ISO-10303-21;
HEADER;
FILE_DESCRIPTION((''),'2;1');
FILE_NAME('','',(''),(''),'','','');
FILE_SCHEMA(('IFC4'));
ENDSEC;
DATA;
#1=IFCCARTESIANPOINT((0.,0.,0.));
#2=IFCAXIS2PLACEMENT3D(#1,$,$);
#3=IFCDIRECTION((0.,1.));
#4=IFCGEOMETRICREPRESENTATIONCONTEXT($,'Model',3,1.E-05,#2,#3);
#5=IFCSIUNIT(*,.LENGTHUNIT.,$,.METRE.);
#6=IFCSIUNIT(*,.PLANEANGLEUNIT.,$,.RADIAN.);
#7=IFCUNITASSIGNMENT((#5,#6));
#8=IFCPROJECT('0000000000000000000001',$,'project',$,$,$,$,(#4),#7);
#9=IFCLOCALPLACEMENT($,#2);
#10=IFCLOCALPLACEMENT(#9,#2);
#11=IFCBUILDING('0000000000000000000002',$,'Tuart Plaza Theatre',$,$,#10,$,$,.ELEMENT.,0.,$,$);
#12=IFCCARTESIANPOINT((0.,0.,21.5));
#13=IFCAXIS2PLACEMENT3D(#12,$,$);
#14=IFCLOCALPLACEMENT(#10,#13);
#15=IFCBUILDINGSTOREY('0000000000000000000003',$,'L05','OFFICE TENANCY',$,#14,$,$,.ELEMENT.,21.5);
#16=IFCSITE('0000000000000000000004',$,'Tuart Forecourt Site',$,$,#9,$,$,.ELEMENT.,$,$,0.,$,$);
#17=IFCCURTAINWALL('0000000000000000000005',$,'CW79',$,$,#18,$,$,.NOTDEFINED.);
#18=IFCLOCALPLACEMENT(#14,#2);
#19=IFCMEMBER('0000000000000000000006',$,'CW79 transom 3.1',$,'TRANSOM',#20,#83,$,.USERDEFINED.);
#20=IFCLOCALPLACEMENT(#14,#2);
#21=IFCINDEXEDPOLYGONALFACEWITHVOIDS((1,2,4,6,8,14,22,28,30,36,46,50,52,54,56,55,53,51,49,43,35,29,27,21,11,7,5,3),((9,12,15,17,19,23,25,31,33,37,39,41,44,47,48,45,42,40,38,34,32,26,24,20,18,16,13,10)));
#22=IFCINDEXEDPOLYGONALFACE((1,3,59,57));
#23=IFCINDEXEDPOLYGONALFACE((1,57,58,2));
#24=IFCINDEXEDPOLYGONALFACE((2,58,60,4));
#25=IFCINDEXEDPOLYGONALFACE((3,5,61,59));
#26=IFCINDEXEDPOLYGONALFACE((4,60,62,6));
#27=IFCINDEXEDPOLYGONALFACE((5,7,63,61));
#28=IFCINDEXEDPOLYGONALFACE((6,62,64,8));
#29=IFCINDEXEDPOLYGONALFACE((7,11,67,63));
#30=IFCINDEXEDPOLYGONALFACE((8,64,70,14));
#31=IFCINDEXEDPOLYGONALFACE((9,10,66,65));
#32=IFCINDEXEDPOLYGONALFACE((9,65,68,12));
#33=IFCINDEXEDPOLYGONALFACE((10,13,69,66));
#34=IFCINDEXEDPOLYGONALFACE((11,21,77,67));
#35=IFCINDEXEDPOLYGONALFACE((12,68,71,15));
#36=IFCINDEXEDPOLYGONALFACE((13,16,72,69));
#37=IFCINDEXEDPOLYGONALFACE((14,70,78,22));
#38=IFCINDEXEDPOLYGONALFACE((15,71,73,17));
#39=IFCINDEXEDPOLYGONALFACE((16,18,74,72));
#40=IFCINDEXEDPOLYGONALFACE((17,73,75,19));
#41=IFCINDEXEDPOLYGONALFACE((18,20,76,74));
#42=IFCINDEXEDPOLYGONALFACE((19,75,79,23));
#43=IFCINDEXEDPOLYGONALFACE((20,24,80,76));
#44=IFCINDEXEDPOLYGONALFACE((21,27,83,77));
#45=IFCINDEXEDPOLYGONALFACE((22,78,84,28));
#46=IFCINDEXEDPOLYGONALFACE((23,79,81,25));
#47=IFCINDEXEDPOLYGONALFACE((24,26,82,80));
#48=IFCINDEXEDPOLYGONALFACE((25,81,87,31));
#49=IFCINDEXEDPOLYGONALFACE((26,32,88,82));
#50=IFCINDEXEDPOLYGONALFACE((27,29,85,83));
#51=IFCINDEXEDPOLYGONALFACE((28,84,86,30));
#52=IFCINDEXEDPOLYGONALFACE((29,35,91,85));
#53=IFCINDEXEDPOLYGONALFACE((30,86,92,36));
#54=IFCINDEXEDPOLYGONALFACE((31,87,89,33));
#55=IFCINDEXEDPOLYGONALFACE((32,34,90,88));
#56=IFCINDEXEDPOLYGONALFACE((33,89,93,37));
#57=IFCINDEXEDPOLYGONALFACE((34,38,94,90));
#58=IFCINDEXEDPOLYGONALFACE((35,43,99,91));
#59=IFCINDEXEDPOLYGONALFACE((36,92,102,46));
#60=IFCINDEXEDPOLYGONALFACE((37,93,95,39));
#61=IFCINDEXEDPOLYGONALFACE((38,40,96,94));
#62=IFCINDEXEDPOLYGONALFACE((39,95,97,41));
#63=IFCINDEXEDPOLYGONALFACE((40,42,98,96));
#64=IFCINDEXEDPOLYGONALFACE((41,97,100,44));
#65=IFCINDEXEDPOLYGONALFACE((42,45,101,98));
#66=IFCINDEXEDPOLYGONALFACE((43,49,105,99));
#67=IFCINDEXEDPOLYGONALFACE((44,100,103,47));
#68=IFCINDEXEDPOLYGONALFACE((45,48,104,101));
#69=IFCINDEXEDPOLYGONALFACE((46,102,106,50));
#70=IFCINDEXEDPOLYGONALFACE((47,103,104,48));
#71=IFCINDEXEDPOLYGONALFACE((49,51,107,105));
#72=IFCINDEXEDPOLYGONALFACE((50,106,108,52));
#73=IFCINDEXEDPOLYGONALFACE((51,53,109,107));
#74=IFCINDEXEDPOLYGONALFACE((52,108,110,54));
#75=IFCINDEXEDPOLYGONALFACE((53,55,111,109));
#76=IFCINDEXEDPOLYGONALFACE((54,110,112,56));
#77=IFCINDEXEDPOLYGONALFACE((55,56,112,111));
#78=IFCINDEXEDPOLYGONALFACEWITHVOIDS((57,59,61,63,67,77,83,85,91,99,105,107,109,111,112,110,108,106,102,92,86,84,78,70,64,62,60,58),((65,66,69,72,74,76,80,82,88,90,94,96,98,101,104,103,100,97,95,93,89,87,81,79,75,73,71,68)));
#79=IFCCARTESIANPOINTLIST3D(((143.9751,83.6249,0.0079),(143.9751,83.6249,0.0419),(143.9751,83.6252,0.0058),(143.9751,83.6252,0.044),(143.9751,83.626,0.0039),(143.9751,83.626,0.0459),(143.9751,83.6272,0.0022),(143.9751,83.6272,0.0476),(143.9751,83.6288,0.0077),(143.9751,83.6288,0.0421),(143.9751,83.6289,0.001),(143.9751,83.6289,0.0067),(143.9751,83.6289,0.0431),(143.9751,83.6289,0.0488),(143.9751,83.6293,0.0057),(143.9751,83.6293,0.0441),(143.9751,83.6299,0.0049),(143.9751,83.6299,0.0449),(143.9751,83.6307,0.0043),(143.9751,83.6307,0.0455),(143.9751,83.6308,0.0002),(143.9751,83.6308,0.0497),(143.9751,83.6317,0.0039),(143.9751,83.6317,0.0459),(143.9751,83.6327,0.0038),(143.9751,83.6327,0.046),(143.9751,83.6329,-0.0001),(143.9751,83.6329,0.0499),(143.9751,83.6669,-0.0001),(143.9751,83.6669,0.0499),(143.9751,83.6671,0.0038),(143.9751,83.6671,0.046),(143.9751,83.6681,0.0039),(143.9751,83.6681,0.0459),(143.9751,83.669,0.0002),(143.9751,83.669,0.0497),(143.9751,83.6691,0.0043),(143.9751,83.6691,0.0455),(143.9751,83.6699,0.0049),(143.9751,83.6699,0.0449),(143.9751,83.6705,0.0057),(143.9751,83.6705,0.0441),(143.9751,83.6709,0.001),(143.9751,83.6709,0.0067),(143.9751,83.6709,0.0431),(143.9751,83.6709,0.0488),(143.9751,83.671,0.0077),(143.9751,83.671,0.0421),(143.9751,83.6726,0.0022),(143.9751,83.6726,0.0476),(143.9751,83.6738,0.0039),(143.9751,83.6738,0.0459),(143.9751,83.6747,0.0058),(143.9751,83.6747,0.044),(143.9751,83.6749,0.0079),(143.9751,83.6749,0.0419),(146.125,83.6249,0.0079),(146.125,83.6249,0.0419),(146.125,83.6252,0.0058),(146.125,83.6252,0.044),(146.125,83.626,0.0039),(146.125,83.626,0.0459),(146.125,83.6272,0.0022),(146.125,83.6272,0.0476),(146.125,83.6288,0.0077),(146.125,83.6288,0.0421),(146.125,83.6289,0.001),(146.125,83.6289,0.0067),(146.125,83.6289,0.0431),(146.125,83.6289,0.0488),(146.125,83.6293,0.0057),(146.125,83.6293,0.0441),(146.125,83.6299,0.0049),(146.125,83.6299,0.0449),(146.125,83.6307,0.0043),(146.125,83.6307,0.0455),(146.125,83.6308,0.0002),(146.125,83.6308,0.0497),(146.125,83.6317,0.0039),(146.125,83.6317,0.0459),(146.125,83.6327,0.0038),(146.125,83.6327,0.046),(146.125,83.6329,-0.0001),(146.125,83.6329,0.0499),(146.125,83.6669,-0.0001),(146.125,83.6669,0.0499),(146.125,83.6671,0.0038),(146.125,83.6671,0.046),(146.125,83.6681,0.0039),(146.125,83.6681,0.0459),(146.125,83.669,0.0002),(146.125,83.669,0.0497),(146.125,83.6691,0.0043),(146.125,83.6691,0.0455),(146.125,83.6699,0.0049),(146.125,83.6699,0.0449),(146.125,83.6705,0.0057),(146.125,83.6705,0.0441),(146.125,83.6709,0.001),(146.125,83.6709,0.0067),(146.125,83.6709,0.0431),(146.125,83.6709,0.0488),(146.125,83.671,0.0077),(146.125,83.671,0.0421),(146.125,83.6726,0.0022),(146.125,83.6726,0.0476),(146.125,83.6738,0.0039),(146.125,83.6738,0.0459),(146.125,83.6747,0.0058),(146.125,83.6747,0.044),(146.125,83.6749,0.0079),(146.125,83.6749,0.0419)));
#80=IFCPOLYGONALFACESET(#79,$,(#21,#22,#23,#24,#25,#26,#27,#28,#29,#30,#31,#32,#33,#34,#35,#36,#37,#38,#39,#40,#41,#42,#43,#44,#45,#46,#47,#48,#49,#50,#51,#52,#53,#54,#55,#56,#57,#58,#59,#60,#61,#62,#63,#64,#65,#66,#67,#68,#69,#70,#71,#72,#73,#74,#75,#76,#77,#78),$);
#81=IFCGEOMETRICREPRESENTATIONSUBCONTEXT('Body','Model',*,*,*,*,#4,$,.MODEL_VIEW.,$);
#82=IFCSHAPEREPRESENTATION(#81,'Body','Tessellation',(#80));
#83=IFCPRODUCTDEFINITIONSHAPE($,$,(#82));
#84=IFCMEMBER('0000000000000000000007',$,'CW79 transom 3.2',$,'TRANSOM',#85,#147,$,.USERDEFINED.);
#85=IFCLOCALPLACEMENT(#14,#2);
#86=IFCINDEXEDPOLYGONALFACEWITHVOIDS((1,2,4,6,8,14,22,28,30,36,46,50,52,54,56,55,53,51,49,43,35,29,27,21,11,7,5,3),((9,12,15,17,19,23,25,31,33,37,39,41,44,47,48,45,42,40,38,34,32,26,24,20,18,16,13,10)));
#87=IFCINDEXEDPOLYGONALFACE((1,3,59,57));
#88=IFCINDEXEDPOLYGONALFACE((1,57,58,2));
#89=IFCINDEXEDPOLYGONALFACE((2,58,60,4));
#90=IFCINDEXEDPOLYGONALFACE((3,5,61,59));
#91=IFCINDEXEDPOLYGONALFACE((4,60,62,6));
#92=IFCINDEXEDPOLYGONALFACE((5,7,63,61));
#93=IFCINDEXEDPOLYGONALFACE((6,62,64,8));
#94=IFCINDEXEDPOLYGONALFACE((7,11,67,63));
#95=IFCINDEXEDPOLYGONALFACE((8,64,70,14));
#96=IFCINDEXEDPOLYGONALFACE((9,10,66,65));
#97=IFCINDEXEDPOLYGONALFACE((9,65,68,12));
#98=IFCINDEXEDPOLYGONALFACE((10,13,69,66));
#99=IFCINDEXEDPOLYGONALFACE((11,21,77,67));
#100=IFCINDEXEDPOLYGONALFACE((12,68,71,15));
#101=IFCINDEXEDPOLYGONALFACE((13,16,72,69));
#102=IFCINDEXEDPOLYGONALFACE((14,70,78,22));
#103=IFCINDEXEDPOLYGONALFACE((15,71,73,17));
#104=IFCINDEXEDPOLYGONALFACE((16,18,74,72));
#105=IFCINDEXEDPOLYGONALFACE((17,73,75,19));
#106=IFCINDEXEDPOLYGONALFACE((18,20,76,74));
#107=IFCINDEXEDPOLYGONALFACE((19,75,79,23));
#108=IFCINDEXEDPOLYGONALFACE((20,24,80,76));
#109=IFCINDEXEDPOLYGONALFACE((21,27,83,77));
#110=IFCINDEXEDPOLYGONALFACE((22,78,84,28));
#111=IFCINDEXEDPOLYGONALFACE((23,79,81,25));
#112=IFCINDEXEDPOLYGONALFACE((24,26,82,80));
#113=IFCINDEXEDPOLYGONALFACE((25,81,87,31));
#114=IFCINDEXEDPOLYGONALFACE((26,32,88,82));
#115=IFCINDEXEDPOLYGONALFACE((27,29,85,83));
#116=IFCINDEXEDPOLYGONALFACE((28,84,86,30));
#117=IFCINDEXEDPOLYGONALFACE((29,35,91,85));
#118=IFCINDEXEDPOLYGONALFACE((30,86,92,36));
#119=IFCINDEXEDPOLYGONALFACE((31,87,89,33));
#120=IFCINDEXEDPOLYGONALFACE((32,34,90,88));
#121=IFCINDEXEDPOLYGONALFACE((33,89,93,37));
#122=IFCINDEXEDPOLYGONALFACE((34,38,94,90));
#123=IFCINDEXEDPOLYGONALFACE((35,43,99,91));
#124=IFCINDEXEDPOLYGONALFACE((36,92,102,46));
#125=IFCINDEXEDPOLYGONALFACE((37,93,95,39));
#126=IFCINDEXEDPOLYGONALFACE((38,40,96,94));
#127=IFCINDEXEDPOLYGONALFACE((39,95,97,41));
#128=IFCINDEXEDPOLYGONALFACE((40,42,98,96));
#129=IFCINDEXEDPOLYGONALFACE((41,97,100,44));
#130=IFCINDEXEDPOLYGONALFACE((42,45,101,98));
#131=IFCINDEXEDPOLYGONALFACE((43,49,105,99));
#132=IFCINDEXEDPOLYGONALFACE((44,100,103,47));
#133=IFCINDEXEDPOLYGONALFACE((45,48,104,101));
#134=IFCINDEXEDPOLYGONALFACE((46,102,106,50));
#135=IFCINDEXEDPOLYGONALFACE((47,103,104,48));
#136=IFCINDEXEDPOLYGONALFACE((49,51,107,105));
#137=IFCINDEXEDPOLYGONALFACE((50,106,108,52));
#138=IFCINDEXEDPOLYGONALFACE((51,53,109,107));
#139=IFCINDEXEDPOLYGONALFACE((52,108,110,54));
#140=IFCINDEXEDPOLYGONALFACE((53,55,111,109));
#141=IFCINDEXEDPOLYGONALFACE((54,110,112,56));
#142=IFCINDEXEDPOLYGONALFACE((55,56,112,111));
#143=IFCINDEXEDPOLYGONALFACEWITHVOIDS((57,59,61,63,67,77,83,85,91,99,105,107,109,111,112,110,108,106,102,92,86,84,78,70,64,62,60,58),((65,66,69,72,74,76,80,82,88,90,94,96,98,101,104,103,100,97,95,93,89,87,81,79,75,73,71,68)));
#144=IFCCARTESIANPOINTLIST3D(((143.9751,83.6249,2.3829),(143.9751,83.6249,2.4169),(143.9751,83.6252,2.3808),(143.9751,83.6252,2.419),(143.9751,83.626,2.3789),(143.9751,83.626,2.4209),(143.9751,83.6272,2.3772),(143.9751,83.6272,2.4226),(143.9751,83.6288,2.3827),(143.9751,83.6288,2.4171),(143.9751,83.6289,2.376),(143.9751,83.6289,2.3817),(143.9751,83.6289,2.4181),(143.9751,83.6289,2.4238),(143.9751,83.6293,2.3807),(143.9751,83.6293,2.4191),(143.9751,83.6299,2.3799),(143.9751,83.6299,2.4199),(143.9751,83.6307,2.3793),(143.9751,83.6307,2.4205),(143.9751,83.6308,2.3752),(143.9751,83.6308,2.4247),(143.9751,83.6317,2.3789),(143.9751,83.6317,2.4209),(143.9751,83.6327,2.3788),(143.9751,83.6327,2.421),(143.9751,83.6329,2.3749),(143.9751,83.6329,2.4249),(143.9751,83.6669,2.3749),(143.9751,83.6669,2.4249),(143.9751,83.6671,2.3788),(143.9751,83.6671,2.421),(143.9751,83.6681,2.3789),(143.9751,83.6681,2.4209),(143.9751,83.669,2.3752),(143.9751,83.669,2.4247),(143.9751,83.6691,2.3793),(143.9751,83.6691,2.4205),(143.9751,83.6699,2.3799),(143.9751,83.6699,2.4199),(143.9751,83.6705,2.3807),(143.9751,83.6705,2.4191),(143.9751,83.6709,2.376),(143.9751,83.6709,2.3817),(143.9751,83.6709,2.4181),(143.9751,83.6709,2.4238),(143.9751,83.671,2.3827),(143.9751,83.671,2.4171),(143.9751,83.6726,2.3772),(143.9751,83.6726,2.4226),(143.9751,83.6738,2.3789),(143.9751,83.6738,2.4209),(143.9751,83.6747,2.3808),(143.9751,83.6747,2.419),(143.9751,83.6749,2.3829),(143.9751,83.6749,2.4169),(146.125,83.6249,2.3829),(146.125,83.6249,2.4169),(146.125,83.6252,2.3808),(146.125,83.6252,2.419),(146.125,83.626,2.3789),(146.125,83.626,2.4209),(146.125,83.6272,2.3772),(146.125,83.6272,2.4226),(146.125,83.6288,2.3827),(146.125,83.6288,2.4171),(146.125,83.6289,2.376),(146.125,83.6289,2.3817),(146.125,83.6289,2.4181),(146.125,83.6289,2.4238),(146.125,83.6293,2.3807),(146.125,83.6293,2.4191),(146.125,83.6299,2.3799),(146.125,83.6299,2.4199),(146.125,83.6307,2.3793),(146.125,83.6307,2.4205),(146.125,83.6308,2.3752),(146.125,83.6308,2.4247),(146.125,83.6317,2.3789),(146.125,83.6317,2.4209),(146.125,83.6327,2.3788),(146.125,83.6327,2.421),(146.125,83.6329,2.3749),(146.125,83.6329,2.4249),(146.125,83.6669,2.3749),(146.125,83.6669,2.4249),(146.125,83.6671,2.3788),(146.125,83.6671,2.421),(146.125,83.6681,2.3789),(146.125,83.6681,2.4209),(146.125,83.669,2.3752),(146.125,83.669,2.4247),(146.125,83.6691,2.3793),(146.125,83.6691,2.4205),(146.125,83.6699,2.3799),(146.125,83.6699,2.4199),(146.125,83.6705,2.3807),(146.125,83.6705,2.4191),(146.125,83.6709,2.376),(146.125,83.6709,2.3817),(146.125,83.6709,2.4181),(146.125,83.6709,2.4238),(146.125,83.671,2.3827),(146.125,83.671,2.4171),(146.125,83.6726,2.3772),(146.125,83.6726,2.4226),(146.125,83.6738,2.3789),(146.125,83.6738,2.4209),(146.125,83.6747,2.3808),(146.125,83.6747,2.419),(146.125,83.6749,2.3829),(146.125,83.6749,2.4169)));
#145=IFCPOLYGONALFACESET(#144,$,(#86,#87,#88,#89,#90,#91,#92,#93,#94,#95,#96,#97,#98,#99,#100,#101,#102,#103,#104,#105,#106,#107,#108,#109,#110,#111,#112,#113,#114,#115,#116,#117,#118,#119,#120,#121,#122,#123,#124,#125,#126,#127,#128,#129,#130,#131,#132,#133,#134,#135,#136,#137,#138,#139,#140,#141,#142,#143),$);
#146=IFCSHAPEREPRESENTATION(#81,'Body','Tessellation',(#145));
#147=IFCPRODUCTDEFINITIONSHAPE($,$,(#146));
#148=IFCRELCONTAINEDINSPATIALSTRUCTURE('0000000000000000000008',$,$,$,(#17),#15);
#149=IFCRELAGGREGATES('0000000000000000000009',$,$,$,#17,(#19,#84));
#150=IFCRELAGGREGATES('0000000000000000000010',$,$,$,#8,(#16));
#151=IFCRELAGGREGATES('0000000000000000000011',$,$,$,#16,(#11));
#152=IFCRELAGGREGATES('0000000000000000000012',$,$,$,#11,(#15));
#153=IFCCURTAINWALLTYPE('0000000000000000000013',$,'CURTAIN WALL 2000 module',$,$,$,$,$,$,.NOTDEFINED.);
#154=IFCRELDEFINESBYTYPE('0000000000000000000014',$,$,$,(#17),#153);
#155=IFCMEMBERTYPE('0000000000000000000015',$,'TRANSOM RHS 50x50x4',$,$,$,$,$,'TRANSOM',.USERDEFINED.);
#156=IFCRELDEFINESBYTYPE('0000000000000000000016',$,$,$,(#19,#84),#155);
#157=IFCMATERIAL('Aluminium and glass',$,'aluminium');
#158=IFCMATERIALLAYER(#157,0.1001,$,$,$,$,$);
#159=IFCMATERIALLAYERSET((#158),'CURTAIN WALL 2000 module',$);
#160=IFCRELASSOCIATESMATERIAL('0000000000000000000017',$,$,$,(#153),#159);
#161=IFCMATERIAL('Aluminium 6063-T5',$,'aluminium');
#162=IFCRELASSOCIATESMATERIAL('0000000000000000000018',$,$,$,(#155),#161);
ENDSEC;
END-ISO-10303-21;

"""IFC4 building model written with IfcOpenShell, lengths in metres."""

from ifc_helpers import new_model, si_unit, direction, frame, origin, origin_2d, place, context, subcontext, project, spatial, hollow_rectangle, extrude, material, layer, layer_set, material_profile, profile_set, type_object, element, aggregate, save


model = new_model("IFC4")

# Units and contexts
model_context = context("Model", 3, precision=1e-05, world=origin(), true_north=direction((0.0, 1.0)))
body_context = subcontext(model_context, "Body", "Model", "MODEL_VIEW")
ifc_project = project(units=[si_unit("LENGTHUNIT", "METRE"), si_unit("PLANEANGLEUNIT", "RADIAN")], contexts=[model_context])

# Site, building, storey
site_placement = place(None, origin())
site = spatial("IfcSite", under=ifc_project, at=site_placement, Name="Tuart Forecourt Site", CompositionType="ELEMENT", RefElevation=0.0)
building_placement = place(site_placement, origin())
building = spatial("IfcBuilding", under=site, at=building_placement, Name="Tuart Plaza Theatre", CompositionType="ELEMENT", ElevationOfRefHeight=0.0)
storey_placement = place(building_placement, frame((0.0, 0.0, 21.5)))
storey = spatial("IfcBuildingStorey", under=building, at=storey_placement, Name="L05", Description="OFFICE TENANCY", CompositionType="ELEMENT", Elevation=21.5)

# Shared definitions
ifc_material_1 = material(Name="Aluminium and glass", Category="aluminium")
ifc_layer_1 = layer(ifc_material_1, 0.1001)
ifc_layer_set_1 = layer_set([ifc_layer_1], Name="CURTAIN WALL 2000 module")
curtain_wall_type = type_object("IfcCurtainWallType", Name="CURTAIN WALL 2000 module", PredefinedType="NOTDEFINED", material=ifc_layer_set_1)

# Curtain wall
curtain_wall_1_placement = place(storey_placement, origin())
curtain_wall_1 = element("IfcCurtainWall", 1, at=curtain_wall_1_placement, inside=storey, type_object=curtain_wall_type, Name="CW79", PredefinedType="NOTDEFINED")

# Members
ifc_material_2 = material(Name="Aluminium 6063-T5", Category="aluminium")
ifc_material_profile_1 = material_profile(ifc_material_2, hollow_rectangle(XDim=0.05, YDim=0.05, WallThickness=0.0039, InnerFilletRadius=0.0039, OuterFilletRadius=0.0081, at=origin_2d()), Name="RHS 50x50x4")
ifc_profile_set_1 = profile_set([ifc_material_profile_1], Name="Aluminium 6063-T5")
member_type_1 = type_object("IfcMemberType", Name="TRANSOM RHS 50x50x4", ElementType="TRANSOM", PredefinedType="USERDEFINED", material=ifc_profile_set_1)
member_1_placement = place(storey_placement, frame((146.125, 83.6499, 0.0249), z_axis=(-1.0, 0.0, 0.0), x_axis=(0.0, -1.0, 0.0)))
member_1 = element("IfcMember", 2, at=member_1_placement, type_object=member_type_1, Name="CW79 transom 3.1", ObjectType="TRANSOM", PredefinedType="USERDEFINED", context=body_context, shape_type="SweptSolid", body=[
    extrude(hollow_rectangle(XDim=0.05, YDim=0.05, WallThickness=0.0039, InnerFilletRadius=0.0039, OuterFilletRadius=0.0081, at=origin_2d()), origin(), (0.0, 0.0, 1.0), 2.1499),
])
member_2_placement = place(storey_placement, frame((146.125, 83.6499, 2.3999), z_axis=(-1.0, 0.0, 0.0), x_axis=(0.0, -1.0, 0.0)))
member_2 = element("IfcMember", 3, at=member_2_placement, type_object=member_type_1, Name="CW79 transom 3.2", ObjectType="TRANSOM", PredefinedType="USERDEFINED", context=body_context, shape_type="SweptSolid", body=[
    extrude(hollow_rectangle(XDim=0.05, YDim=0.05, WallThickness=0.0039, InnerFilletRadius=0.0039, OuterFilletRadius=0.0081, at=origin_2d()), origin(), (0.0, 0.0, 1.0), 2.1499),
])

aggregate(curtain_wall_1, [member_1, member_2])

save(model, "model.ifc")
